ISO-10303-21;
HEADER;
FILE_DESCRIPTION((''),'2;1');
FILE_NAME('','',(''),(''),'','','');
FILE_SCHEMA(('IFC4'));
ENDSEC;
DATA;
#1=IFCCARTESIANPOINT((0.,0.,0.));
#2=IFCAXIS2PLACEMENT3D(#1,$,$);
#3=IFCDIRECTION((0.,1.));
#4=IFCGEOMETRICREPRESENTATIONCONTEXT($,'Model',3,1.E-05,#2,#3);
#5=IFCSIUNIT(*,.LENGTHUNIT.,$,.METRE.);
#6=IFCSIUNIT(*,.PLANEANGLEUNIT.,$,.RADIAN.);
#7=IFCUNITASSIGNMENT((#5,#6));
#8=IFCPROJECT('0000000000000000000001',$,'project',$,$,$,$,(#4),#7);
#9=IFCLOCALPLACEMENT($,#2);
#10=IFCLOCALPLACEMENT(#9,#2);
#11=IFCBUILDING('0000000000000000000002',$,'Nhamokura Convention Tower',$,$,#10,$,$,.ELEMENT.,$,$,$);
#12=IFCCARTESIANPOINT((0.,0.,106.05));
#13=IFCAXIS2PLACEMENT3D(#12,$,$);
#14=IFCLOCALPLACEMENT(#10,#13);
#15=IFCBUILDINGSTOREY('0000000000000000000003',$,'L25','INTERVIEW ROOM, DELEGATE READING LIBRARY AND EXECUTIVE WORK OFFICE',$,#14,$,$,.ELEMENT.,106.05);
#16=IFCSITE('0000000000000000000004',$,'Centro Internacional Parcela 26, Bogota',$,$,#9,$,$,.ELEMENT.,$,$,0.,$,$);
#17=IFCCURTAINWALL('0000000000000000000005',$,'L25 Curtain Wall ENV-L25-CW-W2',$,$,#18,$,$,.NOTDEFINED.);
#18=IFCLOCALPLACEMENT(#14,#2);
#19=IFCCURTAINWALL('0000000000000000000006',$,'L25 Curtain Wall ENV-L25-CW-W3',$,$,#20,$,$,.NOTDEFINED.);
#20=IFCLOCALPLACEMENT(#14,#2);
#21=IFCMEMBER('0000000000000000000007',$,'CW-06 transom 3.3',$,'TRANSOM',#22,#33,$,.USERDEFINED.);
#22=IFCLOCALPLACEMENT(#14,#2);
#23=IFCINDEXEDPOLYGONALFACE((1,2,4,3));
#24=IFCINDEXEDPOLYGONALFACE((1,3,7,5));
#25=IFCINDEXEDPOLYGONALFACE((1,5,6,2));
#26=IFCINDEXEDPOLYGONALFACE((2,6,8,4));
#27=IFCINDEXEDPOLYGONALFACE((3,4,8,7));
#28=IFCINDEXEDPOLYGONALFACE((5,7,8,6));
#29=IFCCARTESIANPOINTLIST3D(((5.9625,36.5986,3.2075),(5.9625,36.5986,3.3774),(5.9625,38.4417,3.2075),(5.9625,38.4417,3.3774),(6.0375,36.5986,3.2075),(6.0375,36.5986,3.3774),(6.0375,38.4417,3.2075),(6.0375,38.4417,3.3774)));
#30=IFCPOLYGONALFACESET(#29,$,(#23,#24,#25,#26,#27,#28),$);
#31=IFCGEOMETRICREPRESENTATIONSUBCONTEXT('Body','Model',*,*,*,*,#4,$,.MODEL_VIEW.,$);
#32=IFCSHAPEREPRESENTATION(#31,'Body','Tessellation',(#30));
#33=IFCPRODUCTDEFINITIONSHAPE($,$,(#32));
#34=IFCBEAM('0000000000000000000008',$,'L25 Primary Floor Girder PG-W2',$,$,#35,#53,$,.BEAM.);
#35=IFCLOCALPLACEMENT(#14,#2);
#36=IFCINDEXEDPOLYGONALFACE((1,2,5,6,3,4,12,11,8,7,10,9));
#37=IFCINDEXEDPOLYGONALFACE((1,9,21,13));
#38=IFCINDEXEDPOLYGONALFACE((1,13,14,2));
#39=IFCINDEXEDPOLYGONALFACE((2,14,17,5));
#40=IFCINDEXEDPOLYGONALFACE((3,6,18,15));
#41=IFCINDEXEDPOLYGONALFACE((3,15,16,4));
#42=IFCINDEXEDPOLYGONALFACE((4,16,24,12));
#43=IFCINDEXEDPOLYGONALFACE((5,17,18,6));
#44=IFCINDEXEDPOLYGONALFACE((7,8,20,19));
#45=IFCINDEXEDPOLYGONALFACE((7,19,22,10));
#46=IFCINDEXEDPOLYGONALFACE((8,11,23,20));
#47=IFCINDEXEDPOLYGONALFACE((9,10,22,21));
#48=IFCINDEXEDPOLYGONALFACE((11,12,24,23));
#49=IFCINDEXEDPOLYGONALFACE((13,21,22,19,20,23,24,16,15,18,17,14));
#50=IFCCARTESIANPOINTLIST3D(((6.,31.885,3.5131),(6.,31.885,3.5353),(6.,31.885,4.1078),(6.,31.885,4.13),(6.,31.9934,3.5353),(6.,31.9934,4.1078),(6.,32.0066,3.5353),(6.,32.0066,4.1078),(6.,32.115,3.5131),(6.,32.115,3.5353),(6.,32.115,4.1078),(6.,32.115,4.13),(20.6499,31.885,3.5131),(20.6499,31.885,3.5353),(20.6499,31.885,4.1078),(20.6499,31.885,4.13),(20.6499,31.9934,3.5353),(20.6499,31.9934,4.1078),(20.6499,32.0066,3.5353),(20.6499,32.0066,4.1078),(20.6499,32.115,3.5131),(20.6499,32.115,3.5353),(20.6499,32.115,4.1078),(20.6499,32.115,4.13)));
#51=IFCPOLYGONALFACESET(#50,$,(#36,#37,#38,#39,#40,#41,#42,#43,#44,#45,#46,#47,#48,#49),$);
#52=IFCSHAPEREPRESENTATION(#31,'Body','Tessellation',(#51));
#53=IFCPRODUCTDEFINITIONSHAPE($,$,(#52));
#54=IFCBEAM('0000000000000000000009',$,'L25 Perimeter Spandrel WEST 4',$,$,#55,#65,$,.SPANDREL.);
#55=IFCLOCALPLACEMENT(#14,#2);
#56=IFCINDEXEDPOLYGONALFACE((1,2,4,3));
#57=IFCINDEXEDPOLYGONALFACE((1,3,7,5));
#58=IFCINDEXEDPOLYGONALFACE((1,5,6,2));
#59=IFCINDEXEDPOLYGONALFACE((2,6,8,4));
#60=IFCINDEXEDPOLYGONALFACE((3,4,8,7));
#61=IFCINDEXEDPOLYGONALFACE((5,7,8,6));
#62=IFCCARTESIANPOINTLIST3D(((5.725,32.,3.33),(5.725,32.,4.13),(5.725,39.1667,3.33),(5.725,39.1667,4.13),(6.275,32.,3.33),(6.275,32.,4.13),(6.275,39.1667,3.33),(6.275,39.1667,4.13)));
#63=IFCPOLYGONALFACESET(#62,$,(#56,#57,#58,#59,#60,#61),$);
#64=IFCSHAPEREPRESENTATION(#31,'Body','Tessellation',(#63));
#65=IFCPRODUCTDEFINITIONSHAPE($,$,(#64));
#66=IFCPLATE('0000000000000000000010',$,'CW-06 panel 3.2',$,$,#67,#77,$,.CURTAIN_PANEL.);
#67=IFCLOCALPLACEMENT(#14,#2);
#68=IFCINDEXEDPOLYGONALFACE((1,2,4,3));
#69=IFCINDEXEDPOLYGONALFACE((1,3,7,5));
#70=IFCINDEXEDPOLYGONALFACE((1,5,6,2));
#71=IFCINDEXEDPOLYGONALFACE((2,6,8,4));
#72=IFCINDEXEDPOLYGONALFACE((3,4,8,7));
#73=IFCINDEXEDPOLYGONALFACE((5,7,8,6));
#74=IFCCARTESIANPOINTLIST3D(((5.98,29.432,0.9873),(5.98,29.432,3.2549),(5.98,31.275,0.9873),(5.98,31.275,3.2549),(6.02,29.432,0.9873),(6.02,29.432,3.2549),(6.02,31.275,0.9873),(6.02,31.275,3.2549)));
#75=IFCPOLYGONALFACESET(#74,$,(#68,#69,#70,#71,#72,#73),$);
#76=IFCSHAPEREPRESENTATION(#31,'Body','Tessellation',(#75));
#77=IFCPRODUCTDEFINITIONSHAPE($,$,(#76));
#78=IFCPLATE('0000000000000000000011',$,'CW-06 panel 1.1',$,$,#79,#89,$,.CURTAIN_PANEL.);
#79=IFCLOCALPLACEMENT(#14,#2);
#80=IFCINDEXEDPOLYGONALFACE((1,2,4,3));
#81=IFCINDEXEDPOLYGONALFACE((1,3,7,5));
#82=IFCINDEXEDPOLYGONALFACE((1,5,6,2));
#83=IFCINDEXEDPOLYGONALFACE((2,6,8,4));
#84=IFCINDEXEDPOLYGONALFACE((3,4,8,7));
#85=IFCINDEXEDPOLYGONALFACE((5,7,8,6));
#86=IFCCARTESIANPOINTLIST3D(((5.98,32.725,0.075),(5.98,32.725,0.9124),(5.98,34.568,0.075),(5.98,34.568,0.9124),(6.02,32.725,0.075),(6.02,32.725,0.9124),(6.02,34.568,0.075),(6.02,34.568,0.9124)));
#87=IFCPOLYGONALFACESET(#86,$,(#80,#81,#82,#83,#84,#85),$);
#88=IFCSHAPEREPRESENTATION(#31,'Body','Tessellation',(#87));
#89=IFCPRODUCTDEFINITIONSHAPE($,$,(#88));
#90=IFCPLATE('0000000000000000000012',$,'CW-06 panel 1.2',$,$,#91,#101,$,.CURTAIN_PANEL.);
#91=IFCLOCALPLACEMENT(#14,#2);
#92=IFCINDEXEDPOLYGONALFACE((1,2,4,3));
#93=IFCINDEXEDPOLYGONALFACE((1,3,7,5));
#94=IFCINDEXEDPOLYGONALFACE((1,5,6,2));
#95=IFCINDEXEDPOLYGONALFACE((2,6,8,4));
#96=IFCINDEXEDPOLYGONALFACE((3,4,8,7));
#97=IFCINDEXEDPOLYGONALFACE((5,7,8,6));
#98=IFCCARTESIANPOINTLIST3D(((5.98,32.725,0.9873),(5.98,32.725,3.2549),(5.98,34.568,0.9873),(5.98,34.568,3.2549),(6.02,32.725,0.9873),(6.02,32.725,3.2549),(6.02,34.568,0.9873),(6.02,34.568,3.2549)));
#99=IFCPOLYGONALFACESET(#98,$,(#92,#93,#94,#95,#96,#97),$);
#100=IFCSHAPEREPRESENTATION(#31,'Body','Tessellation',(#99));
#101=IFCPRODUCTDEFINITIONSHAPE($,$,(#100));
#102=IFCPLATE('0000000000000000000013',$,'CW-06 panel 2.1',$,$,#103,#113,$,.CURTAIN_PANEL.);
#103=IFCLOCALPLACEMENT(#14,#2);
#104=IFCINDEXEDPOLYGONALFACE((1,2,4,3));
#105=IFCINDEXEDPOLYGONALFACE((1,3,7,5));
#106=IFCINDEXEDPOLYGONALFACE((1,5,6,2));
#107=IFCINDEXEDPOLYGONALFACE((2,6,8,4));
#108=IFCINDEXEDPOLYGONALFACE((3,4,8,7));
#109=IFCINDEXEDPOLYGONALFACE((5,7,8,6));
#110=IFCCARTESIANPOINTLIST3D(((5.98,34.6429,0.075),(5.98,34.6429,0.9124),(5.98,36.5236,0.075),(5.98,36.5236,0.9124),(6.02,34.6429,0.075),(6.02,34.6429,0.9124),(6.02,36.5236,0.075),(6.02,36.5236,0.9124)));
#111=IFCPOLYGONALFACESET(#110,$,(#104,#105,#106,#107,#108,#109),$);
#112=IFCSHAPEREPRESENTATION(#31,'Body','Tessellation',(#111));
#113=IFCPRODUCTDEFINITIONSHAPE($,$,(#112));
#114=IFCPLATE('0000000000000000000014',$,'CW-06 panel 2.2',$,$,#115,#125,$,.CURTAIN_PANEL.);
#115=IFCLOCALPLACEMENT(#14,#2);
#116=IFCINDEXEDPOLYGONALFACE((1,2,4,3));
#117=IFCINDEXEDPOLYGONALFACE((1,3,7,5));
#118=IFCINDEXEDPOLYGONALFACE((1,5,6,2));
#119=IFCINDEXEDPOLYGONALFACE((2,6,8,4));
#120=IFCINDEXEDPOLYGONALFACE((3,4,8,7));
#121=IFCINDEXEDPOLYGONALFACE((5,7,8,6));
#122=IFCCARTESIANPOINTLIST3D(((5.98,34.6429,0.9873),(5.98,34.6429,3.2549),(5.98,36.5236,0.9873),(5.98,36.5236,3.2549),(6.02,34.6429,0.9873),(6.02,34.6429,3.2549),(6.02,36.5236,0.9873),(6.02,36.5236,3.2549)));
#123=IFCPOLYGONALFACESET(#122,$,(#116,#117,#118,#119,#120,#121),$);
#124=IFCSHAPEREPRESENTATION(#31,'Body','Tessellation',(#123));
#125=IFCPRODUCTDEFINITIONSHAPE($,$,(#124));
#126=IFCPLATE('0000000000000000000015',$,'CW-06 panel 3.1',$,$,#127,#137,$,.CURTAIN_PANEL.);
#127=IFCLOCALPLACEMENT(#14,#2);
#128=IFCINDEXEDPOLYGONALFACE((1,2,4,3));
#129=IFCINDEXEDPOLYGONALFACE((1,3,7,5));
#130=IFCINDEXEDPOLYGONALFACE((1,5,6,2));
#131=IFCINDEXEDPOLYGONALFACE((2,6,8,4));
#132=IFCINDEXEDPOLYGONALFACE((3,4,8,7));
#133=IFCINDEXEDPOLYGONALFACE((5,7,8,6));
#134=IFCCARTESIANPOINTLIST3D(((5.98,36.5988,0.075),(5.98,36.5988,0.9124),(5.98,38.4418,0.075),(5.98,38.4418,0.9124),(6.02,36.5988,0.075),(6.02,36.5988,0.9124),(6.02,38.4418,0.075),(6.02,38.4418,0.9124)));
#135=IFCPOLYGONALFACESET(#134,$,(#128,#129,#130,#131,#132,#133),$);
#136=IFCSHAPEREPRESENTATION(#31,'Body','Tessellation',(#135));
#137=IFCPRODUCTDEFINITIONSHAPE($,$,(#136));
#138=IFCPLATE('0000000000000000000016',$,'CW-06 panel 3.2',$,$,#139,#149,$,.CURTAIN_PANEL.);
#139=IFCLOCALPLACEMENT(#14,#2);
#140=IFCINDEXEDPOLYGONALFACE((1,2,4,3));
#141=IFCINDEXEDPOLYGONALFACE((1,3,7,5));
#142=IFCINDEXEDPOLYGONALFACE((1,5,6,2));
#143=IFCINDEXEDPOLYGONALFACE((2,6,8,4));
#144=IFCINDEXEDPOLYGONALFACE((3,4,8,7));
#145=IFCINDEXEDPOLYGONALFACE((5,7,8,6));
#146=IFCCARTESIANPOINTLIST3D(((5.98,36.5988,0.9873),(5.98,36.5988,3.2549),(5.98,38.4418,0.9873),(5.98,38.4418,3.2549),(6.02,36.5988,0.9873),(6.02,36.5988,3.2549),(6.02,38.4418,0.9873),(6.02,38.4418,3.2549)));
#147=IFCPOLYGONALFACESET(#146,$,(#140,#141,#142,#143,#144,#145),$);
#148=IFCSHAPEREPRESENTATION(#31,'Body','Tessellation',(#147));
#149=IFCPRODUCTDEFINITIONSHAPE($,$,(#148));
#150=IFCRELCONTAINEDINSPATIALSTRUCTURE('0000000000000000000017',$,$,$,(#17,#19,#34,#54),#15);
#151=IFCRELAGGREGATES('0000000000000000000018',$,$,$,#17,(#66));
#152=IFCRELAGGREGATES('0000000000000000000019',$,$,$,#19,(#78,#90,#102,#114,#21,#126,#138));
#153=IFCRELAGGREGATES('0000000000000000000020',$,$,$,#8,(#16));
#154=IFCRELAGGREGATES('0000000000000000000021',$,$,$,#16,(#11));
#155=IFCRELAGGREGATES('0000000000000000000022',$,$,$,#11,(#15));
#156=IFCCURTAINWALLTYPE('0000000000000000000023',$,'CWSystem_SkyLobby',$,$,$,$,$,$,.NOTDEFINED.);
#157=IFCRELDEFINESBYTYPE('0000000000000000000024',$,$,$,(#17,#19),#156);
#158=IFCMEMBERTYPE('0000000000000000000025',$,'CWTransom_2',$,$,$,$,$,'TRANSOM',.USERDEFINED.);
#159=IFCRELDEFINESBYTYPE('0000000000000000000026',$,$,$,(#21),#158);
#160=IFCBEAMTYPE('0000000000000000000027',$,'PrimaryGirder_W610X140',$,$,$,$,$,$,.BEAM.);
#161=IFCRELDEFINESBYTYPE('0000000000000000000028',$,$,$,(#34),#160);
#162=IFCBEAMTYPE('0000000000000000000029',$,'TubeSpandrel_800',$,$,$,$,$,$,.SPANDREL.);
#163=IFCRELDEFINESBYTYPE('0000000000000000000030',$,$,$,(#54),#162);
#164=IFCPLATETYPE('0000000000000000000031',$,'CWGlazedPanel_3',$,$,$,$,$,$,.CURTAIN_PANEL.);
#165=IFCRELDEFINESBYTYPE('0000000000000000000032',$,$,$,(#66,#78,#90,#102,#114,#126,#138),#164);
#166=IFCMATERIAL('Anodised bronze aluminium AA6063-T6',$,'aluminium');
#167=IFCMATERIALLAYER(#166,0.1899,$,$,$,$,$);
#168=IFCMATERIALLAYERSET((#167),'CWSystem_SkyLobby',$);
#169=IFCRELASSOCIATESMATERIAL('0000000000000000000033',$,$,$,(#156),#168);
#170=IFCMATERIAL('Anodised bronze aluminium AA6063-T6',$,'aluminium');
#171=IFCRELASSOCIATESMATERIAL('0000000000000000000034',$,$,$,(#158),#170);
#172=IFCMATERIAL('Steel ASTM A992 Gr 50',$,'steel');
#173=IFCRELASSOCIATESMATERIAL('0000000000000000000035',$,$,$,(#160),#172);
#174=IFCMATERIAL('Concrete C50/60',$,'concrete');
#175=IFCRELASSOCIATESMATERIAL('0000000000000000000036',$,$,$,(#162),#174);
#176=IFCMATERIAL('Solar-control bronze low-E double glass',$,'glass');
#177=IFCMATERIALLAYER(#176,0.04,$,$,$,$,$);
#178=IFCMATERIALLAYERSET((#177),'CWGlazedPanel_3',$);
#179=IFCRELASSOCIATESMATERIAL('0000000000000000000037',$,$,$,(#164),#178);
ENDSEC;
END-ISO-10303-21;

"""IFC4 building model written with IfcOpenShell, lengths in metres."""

from ifc_helpers import new_model, si_unit, direction, frame, origin, origin_2d, place, context, subcontext, project, spatial, rectangle, i_section, extrude, material, layer, layer_set, material_profile, profile_set, type_object, element, aggregate, save


model = new_model("IFC4")

# Units and contexts
model_context = context("Model", 3, precision=1e-05, world=origin(), true_north=direction((0.0, 1.0)))
body_context = subcontext(model_context, "Body", "Model", "MODEL_VIEW")
ifc_project = project(units=[si_unit("LENGTHUNIT", "METRE"), si_unit("PLANEANGLEUNIT", "RADIAN")], contexts=[model_context])

# Site, building, storey
site_placement = place(None, origin())
site = spatial("IfcSite", under=ifc_project, at=site_placement, Name="Centro Internacional Parcela 26, Bogota", CompositionType="ELEMENT", RefElevation=0.0)
building_placement = place(site_placement, origin())
building = spatial("IfcBuilding", under=site, at=building_placement, Name="Nhamokura Convention Tower", CompositionType="ELEMENT")
storey_placement = place(building_placement, frame((0.0, 0.0, 106.05)))
storey = spatial("IfcBuildingStorey", under=building, at=storey_placement, Name="L25", Description="INTERVIEW ROOM, DELEGATE READING LIBRARY AND EXECUTIVE WORK OFFICE", CompositionType="ELEMENT", Elevation=106.05)

# Curtain wall
ifc_material_1 = material(Name="Anodised bronze aluminium AA6063-T6", Category="aluminium")
ifc_layer_1 = layer(ifc_material_1, 0.1899)
ifc_layer_set_1 = layer_set([ifc_layer_1], Name="CWSystem_SkyLobby")
curtain_wall_type = type_object("IfcCurtainWallType", Name="CWSystem_SkyLobby", PredefinedType="NOTDEFINED", material=ifc_layer_set_1)
curtain_wall_1_placement = place(storey_placement, origin())
curtain_wall_1 = element("IfcCurtainWall", 1, at=curtain_wall_1_placement, inside=storey, type_object=curtain_wall_type, Name="L25 Curtain Wall ENV-L25-CW-W2", PredefinedType="NOTDEFINED")

# Curtain wall, member
curtain_wall_2_placement = place(storey_placement, origin())
curtain_wall_2 = element("IfcCurtainWall", 2, at=curtain_wall_2_placement, inside=storey, type_object=curtain_wall_type, Name="L25 Curtain Wall ENV-L25-CW-W3", PredefinedType="NOTDEFINED")
ifc_material_2 = material(Name="Anodised bronze aluminium AA6063-T6", Category="aluminium")
ifc_material_profile_1 = material_profile(ifc_material_2, rectangle(XDim=0.075, YDim=0.1699, at=origin_2d()))
ifc_profile_set_1 = profile_set([ifc_material_profile_1], Name="Anodised bronze aluminium AA6063-T6")
member_type_1 = type_object("IfcMemberType", Name="CWTransom_2", ElementType="TRANSOM", PredefinedType="USERDEFINED", material=ifc_profile_set_1)
member_1_placement = place(storey_placement, frame((6.0, 36.5986, 3.2925), z_axis=(0.0, 1.0, 0.0), x_axis=(-1.0, 0.0, 0.0)))
member_1 = element("IfcMember", 3, at=member_1_placement, type_object=member_type_1, Name="CW-06 transom 3.3", ObjectType="TRANSOM", PredefinedType="USERDEFINED", context=body_context, shape_type="SweptSolid", body=[
    extrude(rectangle(XDim=0.075, YDim=0.1699, at=origin_2d()), origin(), (0.0, 0.0, 1.0), 1.843),
])

# Beams
ifc_material_3 = material(Name="Steel ASTM A992 Gr 50", Category="steel")
ifc_material_profile_2 = material_profile(ifc_material_3, i_section(OverallWidth=0.23, OverallDepth=0.6169, WebThickness=0.0132, FlangeThickness=0.0222, at=origin_2d()))
ifc_profile_set_2 = profile_set([ifc_material_profile_2], Name="Steel ASTM A992 Gr 50")
beam_type_1 = type_object("IfcBeamType", Name="PrimaryGirder_W610X140", PredefinedType="BEAM", material=ifc_profile_set_2)
beam_1_placement = place(storey_placement, frame((6.0, 32.0, 3.8215), z_axis=(1.0, 0.0, 0.0), x_axis=(0.0, 1.0, 0.0)))
element("IfcBeam", 4, at=beam_1_placement, inside=storey, type_object=beam_type_1, Name="L25 Primary Floor Girder PG-W2", PredefinedType="BEAM", context=body_context, shape_type="SweptSolid", body=[
    extrude(i_section(OverallWidth=0.23, OverallDepth=0.6169, WebThickness=0.0132, FlangeThickness=0.0222, at=origin_2d()), origin(), (0.0, 0.0, 1.0), 14.6499),
])
ifc_material_4 = material(Name="Concrete C50/60", Category="concrete")
ifc_material_profile_3 = material_profile(ifc_material_4, rectangle(XDim=0.55, YDim=0.8, at=origin_2d()))
ifc_profile_set_3 = profile_set([ifc_material_profile_3], Name="Concrete C50/60")
beam_type_2 = type_object("IfcBeamType", Name="TubeSpandrel_800", PredefinedType="SPANDREL", material=ifc_profile_set_3)
beam_2_placement = place(storey_placement, frame((6.0, 32.0, 3.73), z_axis=(0.0, 1.0, 0.0), x_axis=(-1.0, 0.0, 0.0)))
element("IfcBeam", 5, at=beam_2_placement, inside=storey, type_object=beam_type_2, Name="L25 Perimeter Spandrel WEST 4", PredefinedType="SPANDREL", context=body_context, shape_type="SweptSolid", body=[
    extrude(rectangle(XDim=0.55, YDim=0.8, at=origin_2d()), origin(), (0.0, 0.0, 1.0), 7.1667),
])

# Plates
ifc_material_5 = material(Name="Solar-control bronze low-E double glass", Category="glass")
ifc_layer_2 = layer(ifc_material_5, 0.04)
ifc_layer_set_2 = layer_set([ifc_layer_2], Name="CWGlazedPanel_3")
plate_type = type_object("IfcPlateType", Name="CWGlazedPanel_3", PredefinedType="CURTAIN_PANEL", material=ifc_layer_set_2)
plate_1_placement = place(storey_placement, frame((6.0, 30.3535, 0.9873), z_axis=(0.0, 0.0, 1.0), x_axis=(0.0, 1.0, 0.0)))
plate_1 = element("IfcPlate", 6, at=plate_1_placement, type_object=plate_type, Name="CW-06 panel 3.2", PredefinedType="CURTAIN_PANEL", context=body_context, shape_type="SweptSolid", body=[
    extrude(rectangle(XDim=1.843, YDim=0.04, at=origin_2d()), origin(), (0.0, 0.0, 1.0), 2.2676),
])
aggregate(curtain_wall_1, [plate_1])
plate_2_placement = place(storey_placement, frame((6.0, 33.6465, 0.075), z_axis=(0.0, 0.0, 1.0), x_axis=(0.0, 1.0, 0.0)))
plate_2 = element("IfcPlate", 7, at=plate_2_placement, type_object=plate_type, Name="CW-06 panel 1.1", PredefinedType="CURTAIN_PANEL", context=body_context, shape_type="SweptSolid", body=[
    extrude(rectangle(XDim=1.843, YDim=0.04, at=origin_2d()), origin(), (0.0, 0.0, 1.0), 0.8374),
])
plate_3_placement = place(storey_placement, frame((6.0, 33.6465, 0.9873), z_axis=(0.0, 0.0, 1.0), x_axis=(0.0, 1.0, 0.0)))
plate_3 = element("IfcPlate", 8, at=plate_3_placement, type_object=plate_type, Name="CW-06 panel 1.2", PredefinedType="CURTAIN_PANEL", context=body_context, shape_type="SweptSolid", body=[
    extrude(rectangle(XDim=1.843, YDim=0.04, at=origin_2d()), origin(), (0.0, 0.0, 1.0), 2.2676),
])
plate_4_placement = place(storey_placement, frame((6.0, 35.5833, 0.075), z_axis=(0.0, 0.0, 1.0), x_axis=(0.0, 1.0, 0.0)))
plate_4 = element("IfcPlate", 9, at=plate_4_placement, type_object=plate_type, Name="CW-06 panel 2.1", PredefinedType="CURTAIN_PANEL", context=body_context, shape_type="SweptSolid", body=[
    extrude(rectangle(XDim=1.8806, YDim=0.04, at=origin_2d()), origin(), (0.0, 0.0, 1.0), 0.8374),
])
plate_5_placement = place(storey_placement, frame((6.0, 35.5833, 0.9873), z_axis=(0.0, 0.0, 1.0), x_axis=(0.0, 1.0, 0.0)))
plate_5 = element("IfcPlate", 10, at=plate_5_placement, type_object=plate_type, Name="CW-06 panel 2.2", PredefinedType="CURTAIN_PANEL", context=body_context, shape_type="SweptSolid", body=[
    extrude(rectangle(XDim=1.8806, YDim=0.04, at=origin_2d()), origin(), (0.0, 0.0, 1.0), 2.2676),
])
plate_6_placement = place(storey_placement, frame((6.0, 37.5203, 0.075), z_axis=(0.0, 0.0, 1.0), x_axis=(0.0, 1.0, 0.0)))
plate_6 = element("IfcPlate", 11, at=plate_6_placement, type_object=plate_type, Name="CW-06 panel 3.1", PredefinedType="CURTAIN_PANEL", context=body_context, shape_type="SweptSolid", body=[
    extrude(rectangle(XDim=1.843, YDim=0.04, at=origin_2d()), origin(), (0.0, 0.0, 1.0), 0.8374),
])
plate_7_placement = place(storey_placement, frame((6.0, 37.5203, 0.9873), z_axis=(0.0, 0.0, 1.0), x_axis=(0.0, 1.0, 0.0)))
plate_7 = element("IfcPlate", 12, at=plate_7_placement, type_object=plate_type, Name="CW-06 panel 3.2", PredefinedType="CURTAIN_PANEL", context=body_context, shape_type="SweptSolid", body=[
    extrude(rectangle(XDim=1.843, YDim=0.04, at=origin_2d()), origin(), (0.0, 0.0, 1.0), 2.2676),
])
aggregate(curtain_wall_2, [plate_2, plate_3, plate_4, plate_5, member_1, plate_6, plate_7])

save(model, "model.ifc")
